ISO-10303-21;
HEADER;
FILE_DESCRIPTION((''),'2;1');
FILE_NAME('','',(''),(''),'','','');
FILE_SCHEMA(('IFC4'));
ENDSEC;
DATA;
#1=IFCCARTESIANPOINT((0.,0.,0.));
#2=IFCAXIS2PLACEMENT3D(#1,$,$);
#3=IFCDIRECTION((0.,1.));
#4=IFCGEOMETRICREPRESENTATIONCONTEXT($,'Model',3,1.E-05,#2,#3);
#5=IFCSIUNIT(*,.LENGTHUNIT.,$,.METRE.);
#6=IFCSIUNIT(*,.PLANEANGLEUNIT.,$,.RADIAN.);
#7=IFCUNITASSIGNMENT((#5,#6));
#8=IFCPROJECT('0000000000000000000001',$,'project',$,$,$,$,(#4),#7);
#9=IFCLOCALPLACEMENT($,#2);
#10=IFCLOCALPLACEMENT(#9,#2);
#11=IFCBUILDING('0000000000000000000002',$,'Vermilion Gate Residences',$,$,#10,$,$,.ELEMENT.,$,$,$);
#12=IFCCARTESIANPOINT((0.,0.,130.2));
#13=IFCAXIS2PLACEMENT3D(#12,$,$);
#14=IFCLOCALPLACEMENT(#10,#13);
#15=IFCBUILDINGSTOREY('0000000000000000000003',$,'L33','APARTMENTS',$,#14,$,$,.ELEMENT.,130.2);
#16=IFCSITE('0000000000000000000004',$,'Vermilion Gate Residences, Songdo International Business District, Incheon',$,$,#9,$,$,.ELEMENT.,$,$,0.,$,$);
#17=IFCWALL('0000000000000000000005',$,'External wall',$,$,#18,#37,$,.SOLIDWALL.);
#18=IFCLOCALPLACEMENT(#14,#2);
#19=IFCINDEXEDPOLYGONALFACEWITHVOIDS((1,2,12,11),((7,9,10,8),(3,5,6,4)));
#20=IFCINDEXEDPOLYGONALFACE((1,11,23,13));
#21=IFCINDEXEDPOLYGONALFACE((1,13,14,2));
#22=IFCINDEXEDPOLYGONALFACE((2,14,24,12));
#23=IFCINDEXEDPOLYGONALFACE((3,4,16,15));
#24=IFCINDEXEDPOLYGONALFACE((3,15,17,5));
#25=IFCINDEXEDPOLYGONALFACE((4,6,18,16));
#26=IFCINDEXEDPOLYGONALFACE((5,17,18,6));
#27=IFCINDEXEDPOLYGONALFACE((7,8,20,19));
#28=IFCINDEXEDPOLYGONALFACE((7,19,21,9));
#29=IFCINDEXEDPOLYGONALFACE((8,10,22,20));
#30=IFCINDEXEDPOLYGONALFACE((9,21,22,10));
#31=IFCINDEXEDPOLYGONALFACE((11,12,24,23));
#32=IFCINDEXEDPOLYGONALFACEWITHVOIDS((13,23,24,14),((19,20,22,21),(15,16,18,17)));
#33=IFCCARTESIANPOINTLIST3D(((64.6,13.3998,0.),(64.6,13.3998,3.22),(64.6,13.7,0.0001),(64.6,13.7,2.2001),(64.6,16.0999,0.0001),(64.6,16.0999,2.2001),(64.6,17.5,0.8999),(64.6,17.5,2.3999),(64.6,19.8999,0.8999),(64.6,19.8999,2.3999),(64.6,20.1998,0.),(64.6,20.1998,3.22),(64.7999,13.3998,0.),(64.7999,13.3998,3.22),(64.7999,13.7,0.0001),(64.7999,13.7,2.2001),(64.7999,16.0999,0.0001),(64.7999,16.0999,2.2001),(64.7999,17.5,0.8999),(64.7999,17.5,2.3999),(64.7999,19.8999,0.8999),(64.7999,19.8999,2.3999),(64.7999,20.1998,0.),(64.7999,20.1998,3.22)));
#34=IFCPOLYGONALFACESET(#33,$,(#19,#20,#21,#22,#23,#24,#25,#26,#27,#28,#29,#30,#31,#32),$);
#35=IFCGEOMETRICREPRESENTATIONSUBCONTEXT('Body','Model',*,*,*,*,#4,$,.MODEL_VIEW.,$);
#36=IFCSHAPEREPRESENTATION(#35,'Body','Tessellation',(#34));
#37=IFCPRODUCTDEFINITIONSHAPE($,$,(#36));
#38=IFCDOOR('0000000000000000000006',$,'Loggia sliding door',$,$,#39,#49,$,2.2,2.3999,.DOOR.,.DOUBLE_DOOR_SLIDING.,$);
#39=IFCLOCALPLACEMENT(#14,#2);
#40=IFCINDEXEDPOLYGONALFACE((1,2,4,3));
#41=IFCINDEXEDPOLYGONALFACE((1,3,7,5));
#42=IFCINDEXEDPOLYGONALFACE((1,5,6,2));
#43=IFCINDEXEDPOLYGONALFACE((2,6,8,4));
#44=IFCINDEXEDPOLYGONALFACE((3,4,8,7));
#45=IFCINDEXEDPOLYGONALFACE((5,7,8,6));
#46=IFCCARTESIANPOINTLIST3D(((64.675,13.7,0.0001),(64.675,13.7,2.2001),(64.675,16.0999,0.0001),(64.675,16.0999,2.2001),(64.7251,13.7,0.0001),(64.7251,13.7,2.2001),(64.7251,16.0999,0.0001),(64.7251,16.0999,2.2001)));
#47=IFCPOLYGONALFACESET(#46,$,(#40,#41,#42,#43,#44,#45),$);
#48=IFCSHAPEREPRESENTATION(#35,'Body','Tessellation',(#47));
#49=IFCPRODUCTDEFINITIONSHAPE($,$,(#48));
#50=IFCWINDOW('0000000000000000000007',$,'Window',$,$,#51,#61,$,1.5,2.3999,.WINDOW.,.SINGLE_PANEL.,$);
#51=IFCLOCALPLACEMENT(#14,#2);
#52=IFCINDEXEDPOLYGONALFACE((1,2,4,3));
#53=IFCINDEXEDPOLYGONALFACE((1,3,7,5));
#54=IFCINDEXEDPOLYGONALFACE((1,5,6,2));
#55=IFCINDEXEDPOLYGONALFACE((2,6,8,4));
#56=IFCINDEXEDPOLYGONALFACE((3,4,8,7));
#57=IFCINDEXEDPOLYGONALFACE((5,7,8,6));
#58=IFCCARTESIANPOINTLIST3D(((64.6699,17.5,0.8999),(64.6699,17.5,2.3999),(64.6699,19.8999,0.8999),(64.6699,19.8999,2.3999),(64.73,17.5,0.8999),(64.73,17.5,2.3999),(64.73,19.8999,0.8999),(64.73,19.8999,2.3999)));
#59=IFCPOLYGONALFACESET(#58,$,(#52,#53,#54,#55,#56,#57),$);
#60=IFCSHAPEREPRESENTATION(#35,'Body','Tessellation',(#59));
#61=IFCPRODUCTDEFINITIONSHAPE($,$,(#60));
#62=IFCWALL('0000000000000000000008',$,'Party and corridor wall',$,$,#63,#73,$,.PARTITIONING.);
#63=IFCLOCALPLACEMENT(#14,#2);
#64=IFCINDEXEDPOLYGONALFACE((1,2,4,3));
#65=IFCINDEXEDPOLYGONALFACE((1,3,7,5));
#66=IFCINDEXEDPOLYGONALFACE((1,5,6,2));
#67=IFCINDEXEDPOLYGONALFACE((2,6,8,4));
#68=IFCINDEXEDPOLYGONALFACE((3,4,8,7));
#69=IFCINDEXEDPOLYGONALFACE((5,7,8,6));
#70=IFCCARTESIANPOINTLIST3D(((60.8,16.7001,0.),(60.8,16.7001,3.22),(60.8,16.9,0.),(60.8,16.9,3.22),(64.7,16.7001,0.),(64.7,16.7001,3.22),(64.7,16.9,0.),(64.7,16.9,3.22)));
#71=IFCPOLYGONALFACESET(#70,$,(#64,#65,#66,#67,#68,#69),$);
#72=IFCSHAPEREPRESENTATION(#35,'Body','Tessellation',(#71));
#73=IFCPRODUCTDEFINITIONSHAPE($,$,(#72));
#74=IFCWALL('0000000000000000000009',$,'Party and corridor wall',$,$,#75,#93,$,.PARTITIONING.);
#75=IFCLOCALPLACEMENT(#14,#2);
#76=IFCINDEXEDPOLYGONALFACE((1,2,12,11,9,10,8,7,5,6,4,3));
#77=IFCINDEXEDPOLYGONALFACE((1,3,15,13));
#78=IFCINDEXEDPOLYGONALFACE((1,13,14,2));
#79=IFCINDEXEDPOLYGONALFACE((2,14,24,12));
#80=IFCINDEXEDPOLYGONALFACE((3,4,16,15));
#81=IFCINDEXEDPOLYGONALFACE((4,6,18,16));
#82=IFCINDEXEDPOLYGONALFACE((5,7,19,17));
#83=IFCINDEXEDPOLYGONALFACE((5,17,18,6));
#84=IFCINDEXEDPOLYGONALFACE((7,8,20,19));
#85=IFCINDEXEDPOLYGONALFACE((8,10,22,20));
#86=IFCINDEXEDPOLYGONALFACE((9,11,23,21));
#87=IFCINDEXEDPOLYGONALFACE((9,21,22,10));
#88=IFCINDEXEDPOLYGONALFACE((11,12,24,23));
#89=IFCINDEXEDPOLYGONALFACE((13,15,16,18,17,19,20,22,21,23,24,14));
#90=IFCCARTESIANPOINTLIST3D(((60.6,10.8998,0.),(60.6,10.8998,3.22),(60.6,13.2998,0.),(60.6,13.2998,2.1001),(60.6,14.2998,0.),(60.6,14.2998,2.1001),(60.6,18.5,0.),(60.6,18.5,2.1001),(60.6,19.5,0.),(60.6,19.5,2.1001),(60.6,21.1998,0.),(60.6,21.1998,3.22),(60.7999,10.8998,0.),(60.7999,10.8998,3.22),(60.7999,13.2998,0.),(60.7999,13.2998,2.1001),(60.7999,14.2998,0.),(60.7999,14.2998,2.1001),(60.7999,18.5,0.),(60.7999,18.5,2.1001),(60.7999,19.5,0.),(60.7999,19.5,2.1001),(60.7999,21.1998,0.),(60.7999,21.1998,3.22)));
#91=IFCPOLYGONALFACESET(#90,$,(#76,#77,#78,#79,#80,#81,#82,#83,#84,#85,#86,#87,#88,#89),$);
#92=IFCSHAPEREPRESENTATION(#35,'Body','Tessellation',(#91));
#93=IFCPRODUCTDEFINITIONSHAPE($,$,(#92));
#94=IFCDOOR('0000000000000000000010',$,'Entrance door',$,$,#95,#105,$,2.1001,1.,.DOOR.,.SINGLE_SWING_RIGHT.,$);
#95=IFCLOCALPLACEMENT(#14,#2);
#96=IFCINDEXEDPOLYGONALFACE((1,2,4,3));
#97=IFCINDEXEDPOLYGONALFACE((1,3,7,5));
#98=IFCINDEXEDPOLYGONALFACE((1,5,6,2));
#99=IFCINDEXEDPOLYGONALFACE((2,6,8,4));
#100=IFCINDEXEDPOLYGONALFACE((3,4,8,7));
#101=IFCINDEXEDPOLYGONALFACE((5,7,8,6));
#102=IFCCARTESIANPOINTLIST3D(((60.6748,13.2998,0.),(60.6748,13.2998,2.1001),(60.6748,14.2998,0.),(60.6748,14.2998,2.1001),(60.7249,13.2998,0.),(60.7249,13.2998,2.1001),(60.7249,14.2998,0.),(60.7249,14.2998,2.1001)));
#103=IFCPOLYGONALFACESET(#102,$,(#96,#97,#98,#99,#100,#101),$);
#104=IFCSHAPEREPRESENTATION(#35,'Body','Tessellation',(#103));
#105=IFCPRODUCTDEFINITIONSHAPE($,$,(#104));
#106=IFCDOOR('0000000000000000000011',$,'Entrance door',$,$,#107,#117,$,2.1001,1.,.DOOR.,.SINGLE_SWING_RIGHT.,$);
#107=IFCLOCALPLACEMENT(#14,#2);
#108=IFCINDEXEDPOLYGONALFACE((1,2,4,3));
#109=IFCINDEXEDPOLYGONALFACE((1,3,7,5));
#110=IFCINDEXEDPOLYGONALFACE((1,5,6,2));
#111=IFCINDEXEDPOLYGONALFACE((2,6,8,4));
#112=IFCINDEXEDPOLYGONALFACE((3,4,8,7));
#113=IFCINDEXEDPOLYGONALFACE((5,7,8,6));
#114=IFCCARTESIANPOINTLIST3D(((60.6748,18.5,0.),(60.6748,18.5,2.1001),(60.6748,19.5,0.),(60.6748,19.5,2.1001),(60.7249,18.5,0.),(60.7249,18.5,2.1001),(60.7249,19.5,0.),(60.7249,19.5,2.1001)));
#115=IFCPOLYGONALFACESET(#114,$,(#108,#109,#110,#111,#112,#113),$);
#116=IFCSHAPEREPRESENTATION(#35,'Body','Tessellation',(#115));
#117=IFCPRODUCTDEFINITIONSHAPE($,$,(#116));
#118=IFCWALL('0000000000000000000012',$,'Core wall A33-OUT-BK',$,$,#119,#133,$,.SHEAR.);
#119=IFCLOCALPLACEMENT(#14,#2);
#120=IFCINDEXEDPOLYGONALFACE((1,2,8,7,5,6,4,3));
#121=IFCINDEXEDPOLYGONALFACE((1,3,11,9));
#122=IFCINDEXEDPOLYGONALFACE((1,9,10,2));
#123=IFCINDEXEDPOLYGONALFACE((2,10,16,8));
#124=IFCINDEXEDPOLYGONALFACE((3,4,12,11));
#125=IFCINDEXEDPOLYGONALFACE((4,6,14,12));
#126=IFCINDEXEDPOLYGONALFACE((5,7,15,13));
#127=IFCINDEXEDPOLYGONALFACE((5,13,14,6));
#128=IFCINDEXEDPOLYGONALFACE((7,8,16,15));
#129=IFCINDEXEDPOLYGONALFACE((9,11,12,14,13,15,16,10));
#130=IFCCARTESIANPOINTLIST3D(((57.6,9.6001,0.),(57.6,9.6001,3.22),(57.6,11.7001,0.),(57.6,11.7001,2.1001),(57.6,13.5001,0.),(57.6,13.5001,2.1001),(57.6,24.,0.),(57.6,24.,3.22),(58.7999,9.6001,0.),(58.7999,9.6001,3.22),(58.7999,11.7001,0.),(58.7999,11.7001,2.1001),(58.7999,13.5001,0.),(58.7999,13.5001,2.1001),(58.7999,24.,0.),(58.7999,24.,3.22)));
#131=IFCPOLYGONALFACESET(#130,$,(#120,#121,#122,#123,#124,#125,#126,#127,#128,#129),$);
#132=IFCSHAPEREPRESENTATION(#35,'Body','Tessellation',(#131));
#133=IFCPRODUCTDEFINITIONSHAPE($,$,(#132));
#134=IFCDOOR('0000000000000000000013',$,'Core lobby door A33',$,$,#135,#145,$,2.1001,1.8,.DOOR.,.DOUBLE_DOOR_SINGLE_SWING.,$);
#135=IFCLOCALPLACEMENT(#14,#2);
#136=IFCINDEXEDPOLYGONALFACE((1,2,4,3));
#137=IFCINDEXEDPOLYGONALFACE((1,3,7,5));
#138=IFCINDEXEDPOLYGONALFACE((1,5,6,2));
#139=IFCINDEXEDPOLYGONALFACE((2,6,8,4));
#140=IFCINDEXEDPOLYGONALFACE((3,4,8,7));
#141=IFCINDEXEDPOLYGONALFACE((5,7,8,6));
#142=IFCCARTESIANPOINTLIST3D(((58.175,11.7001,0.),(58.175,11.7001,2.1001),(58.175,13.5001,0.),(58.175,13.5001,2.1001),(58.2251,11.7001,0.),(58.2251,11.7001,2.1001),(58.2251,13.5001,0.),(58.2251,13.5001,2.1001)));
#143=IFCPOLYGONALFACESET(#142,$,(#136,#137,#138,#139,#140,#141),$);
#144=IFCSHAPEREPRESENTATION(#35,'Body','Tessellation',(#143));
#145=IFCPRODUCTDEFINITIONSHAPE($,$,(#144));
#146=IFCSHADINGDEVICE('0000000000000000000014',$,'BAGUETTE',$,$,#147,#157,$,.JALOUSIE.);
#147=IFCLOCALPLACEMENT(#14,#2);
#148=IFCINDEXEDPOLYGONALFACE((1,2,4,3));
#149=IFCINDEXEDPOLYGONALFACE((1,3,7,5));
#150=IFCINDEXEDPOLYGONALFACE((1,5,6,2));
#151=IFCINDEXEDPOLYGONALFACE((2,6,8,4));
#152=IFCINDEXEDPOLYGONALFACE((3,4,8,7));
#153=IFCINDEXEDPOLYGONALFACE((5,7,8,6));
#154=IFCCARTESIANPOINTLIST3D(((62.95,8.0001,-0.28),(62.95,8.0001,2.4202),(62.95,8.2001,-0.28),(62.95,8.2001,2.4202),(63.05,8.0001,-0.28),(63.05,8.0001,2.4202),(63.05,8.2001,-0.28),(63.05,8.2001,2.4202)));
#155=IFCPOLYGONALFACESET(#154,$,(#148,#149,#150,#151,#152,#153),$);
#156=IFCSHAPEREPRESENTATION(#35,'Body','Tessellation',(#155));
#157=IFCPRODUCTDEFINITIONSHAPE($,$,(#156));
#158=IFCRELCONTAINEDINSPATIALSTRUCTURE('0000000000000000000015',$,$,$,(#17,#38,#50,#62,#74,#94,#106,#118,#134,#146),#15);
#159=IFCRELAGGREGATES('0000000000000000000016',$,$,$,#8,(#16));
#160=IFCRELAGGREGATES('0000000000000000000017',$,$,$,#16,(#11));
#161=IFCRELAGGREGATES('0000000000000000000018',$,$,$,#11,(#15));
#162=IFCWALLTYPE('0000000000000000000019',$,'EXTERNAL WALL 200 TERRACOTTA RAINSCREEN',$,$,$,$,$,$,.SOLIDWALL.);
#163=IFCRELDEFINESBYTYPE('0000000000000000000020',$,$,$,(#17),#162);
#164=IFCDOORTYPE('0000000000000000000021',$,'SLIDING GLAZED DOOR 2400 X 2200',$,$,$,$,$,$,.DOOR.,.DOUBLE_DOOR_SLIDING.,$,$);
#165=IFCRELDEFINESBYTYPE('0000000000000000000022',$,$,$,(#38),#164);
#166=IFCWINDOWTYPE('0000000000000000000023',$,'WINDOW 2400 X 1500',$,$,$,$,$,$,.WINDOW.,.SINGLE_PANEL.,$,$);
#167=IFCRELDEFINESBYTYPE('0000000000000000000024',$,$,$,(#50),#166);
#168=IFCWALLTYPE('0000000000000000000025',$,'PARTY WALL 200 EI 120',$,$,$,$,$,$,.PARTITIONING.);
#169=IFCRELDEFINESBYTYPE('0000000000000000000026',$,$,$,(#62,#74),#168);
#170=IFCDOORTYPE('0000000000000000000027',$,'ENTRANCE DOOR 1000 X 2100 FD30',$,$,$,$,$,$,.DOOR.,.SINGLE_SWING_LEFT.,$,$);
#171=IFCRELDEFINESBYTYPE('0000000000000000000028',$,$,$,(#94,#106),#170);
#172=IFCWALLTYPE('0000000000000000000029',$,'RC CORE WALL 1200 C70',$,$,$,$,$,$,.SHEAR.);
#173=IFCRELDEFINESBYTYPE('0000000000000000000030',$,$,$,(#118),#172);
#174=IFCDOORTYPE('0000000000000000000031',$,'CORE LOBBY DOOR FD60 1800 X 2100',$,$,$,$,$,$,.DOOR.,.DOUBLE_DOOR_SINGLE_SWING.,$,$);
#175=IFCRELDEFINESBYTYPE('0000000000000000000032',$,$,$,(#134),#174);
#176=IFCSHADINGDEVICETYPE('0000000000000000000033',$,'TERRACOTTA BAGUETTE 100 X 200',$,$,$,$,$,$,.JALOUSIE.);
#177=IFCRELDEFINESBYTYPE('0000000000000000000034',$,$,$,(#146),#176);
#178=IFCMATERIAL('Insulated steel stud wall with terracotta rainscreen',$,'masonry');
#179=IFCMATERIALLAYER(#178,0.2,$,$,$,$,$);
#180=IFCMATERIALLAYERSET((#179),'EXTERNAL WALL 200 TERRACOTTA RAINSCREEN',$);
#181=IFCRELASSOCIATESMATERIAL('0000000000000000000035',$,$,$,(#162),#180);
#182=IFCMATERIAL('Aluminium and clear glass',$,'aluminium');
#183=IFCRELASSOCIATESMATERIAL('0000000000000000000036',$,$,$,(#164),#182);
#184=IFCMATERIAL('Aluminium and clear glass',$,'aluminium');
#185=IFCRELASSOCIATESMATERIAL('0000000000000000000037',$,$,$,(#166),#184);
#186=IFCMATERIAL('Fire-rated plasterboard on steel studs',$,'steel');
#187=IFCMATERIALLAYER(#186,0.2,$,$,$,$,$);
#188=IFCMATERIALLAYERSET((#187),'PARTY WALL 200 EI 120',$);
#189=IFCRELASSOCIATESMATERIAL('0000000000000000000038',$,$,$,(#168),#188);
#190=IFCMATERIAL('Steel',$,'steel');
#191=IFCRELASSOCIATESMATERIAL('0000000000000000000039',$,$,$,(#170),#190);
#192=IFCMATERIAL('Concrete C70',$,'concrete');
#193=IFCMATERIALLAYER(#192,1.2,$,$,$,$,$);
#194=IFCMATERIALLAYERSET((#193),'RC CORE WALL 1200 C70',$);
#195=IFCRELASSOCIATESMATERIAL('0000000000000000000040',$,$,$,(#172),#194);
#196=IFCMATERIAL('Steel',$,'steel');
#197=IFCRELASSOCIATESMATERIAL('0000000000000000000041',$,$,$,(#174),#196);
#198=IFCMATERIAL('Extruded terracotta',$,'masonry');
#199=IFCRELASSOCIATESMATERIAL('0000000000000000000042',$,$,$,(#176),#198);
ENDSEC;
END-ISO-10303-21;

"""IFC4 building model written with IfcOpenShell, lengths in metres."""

from ifc_helpers import new_model, si_unit, direction, frame, frame_2d, origin, origin_2d, place, context, subcontext, project, spatial, rectangle, extrude, material, layer, layer_set, material_profile, profile_set, type_object, element, fill, save


model = new_model("IFC4")

# Units and contexts
model_context = context("Model", 3, precision=1e-05, world=origin(), true_north=direction((0.0, 1.0)))
body_context = subcontext(model_context, "Body", "Model", "MODEL_VIEW")
ifc_project = project(units=[si_unit("LENGTHUNIT", "METRE"), si_unit("PLANEANGLEUNIT", "RADIAN")], contexts=[model_context])

# Site, building, storey
site_placement = place(None, origin())
site = spatial("IfcSite", under=ifc_project, at=site_placement, Name="Vermilion Gate Residences, Songdo International Business District, Incheon", CompositionType="ELEMENT", RefElevation=0.0)
building_placement = place(site_placement, origin())
building = spatial("IfcBuilding", under=site, at=building_placement, Name="Vermilion Gate Residences", CompositionType="ELEMENT")
storey_placement = place(building_placement, frame((0.0, 0.0, 130.2)))
storey = spatial("IfcBuildingStorey", under=building, at=storey_placement, Name="L33", Description="APARTMENTS", CompositionType="ELEMENT", Elevation=130.2)

# Shared definitions
ifc_material_1 = material(Name="Insulated steel stud wall with terracotta rainscreen", Category="masonry")
ifc_layer_1 = layer(ifc_material_1, 0.2)
ifc_layer_set_1 = layer_set([ifc_layer_1], Name="EXTERNAL WALL 200 TERRACOTTA RAINSCREEN")
wall_type_1 = type_object("IfcWallType", Name="EXTERNAL WALL 200 TERRACOTTA RAINSCREEN", PredefinedType="SOLIDWALL", material=ifc_layer_set_1)

# Wall, openings, door, window
wall_1_placement = place(storey_placement, frame((64.7, 13.3999, 0.0), z_axis=(0.0, 0.0, 1.0), x_axis=(0.0, 1.0, 0.0)))
wall_1 = element("IfcWall", 1, at=wall_1_placement, inside=storey, type_object=wall_type_1, Name="External wall", PredefinedType="SOLIDWALL", context=body_context, shape_type="SweptSolid", body=[
    extrude(rectangle(XDim=6.8, YDim=0.2, at=frame_2d((3.3999, 0.0))), origin(), (0.0, 0.0, 1.0), 3.22),
])
opening_1_placement = place(wall_1_placement, frame((4.1001, 0.0, 0.8999)))
opening_1 = element("IfcOpeningElement", 2, at=opening_1_placement, cuts=wall_1, PredefinedType="OPENING", context=body_context, shape_type="SweptSolid", body=[
    extrude(rectangle(XDim=2.3999, YDim=1.5, at=frame_2d((1.2, 0.75))), frame((0.0, 0.1099, 0.0), z_axis=(0.0, -1.0, 0.0), x_axis=(1.0, 0.0, 0.0)), (0.0, 0.0, 1.0), 0.22),
])
opening_2_placement = place(wall_1_placement, frame((0.3, 0.0, 0.0)))
opening_2 = element("IfcOpeningElement", 3, at=opening_2_placement, cuts=wall_1, PredefinedType="OPENING", context=body_context, shape_type="SweptSolid", body=[
    extrude(rectangle(XDim=2.3999, YDim=2.2, at=frame_2d((1.2, 1.1001))), frame((0.0, 0.1099, 0.0), z_axis=(0.0, -1.0, 0.0), x_axis=(1.0, 0.0, 0.0)), (0.0, 0.0, 1.0), 0.22),
])
ifc_material_2 = material(Name="Aluminium and clear glass", Category="aluminium")
door_type_1 = type_object("IfcDoorType", Name="SLIDING GLAZED DOOR 2400 X 2200", OperationType="DOUBLE_DOOR_SLIDING", PredefinedType="DOOR", material=ifc_material_2)
door_1_placement = place(opening_2_placement, origin())
door_1 = element("IfcDoor", 4, at=door_1_placement, inside=storey, type_object=door_type_1, Name="Loggia sliding door", OperationType="DOUBLE_DOOR_SLIDING", OverallHeight=2.2, OverallWidth=2.3999, PredefinedType="DOOR", context=body_context, shape_type="SweptSolid", body=[
    extrude(rectangle(XDim=2.3999, YDim=2.2, at=frame_2d((1.2, 1.1001))), frame((0.0, 0.0249, 0.0), z_axis=(0.0, -1.0, 0.0), x_axis=(1.0, 0.0, 0.0)), (0.0, 0.0, 1.0), 0.05),
])
fill(opening_2, door_1)
ifc_material_3 = material(Name="Aluminium and clear glass", Category="aluminium")
window_type_1 = type_object("IfcWindowType", Name="WINDOW 2400 X 1500", PartitioningType="SINGLE_PANEL", PredefinedType="WINDOW", material=ifc_material_3)
window_1_placement = place(opening_1_placement, origin())
window_1 = element("IfcWindow", 5, at=window_1_placement, inside=storey, type_object=window_type_1, Name="Window", OverallHeight=1.5, OverallWidth=2.3999, PartitioningType="SINGLE_PANEL", PredefinedType="WINDOW", context=body_context, shape_type="SweptSolid", body=[
    extrude(rectangle(XDim=2.3999, YDim=1.5, at=frame_2d((1.2, 0.75))), frame((0.0, 0.03, 0.0), z_axis=(0.0, -1.0, 0.0), x_axis=(1.0, 0.0, 0.0)), (0.0, 0.0, 1.0), 0.0601),
])
fill(opening_1, window_1)

# Wall
ifc_material_4 = material(Name="Fire-rated plasterboard on steel studs", Category="steel")
ifc_layer_2 = layer(ifc_material_4, 0.2)
ifc_layer_set_2 = layer_set([ifc_layer_2], Name="PARTY WALL 200 EI 120")
wall_type_2 = type_object("IfcWallType", Name="PARTY WALL 200 EI 120", PredefinedType="PARTITIONING", material=ifc_layer_set_2)
wall_2_placement = place(storey_placement, frame((60.8, 16.8, 0.0), z_axis=(0.0, 0.0, 1.0), x_axis=(1.0, 0.0, 0.0)))
element("IfcWall", 6, at=wall_2_placement, inside=storey, type_object=wall_type_2, Name="Party and corridor wall", PredefinedType="PARTITIONING", context=body_context, shape_type="SweptSolid", body=[
    extrude(rectangle(XDim=3.8999, YDim=0.2, at=frame_2d((1.95, 0.0))), origin(), (0.0, 0.0, 1.0), 3.22),
])

# Wall, openings, doors
wall_3_placement = place(storey_placement, frame((60.7, 10.8999, 0.0), z_axis=(0.0, 0.0, 1.0), x_axis=(0.0, 1.0, 0.0)))
wall_3 = element("IfcWall", 7, at=wall_3_placement, inside=storey, type_object=wall_type_2, Name="Party and corridor wall", PredefinedType="PARTITIONING", context=body_context, shape_type="SweptSolid", body=[
    extrude(rectangle(XDim=10.3, YDim=0.2, at=frame_2d((5.1499, 0.0))), origin(), (0.0, 0.0, 1.0), 3.22),
])
opening_3_placement = place(wall_3_placement, frame((2.3999, 0.0, 0.0)))
opening_3 = element("IfcOpeningElement", 8, at=opening_3_placement, cuts=wall_3, PredefinedType="OPENING", context=body_context, shape_type="SweptSolid", body=[
    extrude(rectangle(XDim=1.0, YDim=2.1001, at=frame_2d((0.5, 1.05))), frame((0.0, 0.1099, 0.0), z_axis=(0.0, -1.0, 0.0), x_axis=(1.0, 0.0, 0.0)), (0.0, 0.0, 1.0), 0.22),
])
opening_4_placement = place(wall_3_placement, frame((7.6001, 0.0, 0.0)))
opening_4 = element("IfcOpeningElement", 9, at=opening_4_placement, cuts=wall_3, PredefinedType="OPENING", context=body_context, shape_type="SweptSolid", body=[
    extrude(rectangle(XDim=1.0, YDim=2.1001, at=frame_2d((0.5, 1.05))), frame((0.0, 0.1099, 0.0), z_axis=(0.0, -1.0, 0.0), x_axis=(1.0, 0.0, 0.0)), (0.0, 0.0, 1.0), 0.22),
])
ifc_material_5 = material(Name="Steel", Category="steel")
door_type_2 = type_object("IfcDoorType", Name="ENTRANCE DOOR 1000 X 2100 FD30", OperationType="SINGLE_SWING_LEFT", PredefinedType="DOOR", material=ifc_material_5)
door_2_placement = place(opening_3_placement, frame((1.0, 0.0, 0.0), z_axis=(0.0, 0.0, 1.0), x_axis=(-1.0, 0.0, 0.0)))
door_2 = element("IfcDoor", 10, at=door_2_placement, inside=storey, type_object=door_type_2, Name="Entrance door", OperationType="SINGLE_SWING_RIGHT", OverallHeight=2.1001, OverallWidth=1.0, PredefinedType="DOOR", context=body_context, shape_type="SweptSolid", body=[
    extrude(rectangle(XDim=1.0, YDim=2.1001, at=frame_2d((0.5, 1.05))), frame((0.0, 0.0249, 0.0), z_axis=(0.0, -1.0, 0.0), x_axis=(1.0, 0.0, 0.0)), (0.0, 0.0, 1.0), 0.05),
])
fill(opening_3, door_2)
door_3_placement = place(opening_4_placement, frame((1.0, 0.0, 0.0), z_axis=(0.0, 0.0, 1.0), x_axis=(-1.0, 0.0, 0.0)))
door_3 = element("IfcDoor", 11, at=door_3_placement, inside=storey, type_object=door_type_2, Name="Entrance door", OperationType="SINGLE_SWING_RIGHT", OverallHeight=2.1001, OverallWidth=1.0, PredefinedType="DOOR", context=body_context, shape_type="SweptSolid", body=[
    extrude(rectangle(XDim=1.0, YDim=2.1001, at=frame_2d((0.5, 1.05))), frame((0.0, 0.0249, 0.0), z_axis=(0.0, -1.0, 0.0), x_axis=(1.0, 0.0, 0.0)), (0.0, 0.0, 1.0), 0.05),
])
fill(opening_4, door_3)

# Wall, opening, door
ifc_material_6 = material(Name="Concrete C70", Category="concrete")
ifc_layer_3 = layer(ifc_material_6, 1.2)
ifc_layer_set_3 = layer_set([ifc_layer_3], Name="RC CORE WALL 1200 C70")
wall_type_3 = type_object("IfcWallType", Name="RC CORE WALL 1200 C70", PredefinedType="SHEAR", material=ifc_layer_set_3)
wall_4_placement = place(storey_placement, frame((58.2, 9.6001, 0.0), z_axis=(0.0, 0.0, 1.0), x_axis=(0.0, 1.0, 0.0)))
wall_4 = element("IfcWall", 12, at=wall_4_placement, inside=storey, type_object=wall_type_3, Name="Core wall A33-OUT-BK", PredefinedType="SHEAR", context=body_context, shape_type="SweptSolid", body=[
    extrude(rectangle(XDim=14.3999, YDim=1.2, at=frame_2d((7.2, 0.0))), origin(), (0.0, 0.0, 1.0), 3.22),
])
opening_5_placement = place(wall_4_placement, frame((2.1001, 0.0, 0.0)))
opening_5 = element("IfcOpeningElement", 13, at=opening_5_placement, cuts=wall_4, PredefinedType="OPENING", context=body_context, shape_type="SweptSolid", body=[
    extrude(rectangle(XDim=1.8, YDim=2.1001, at=frame_2d((0.8999, 1.05))), frame((0.0, 0.6099, 0.0), z_axis=(0.0, -1.0, 0.0), x_axis=(1.0, 0.0, 0.0)), (0.0, 0.0, 1.0), 1.22),
])
ifc_material_7 = material(Name="Steel", Category="steel")
door_type_3 = type_object("IfcDoorType", Name="CORE LOBBY DOOR FD60 1800 X 2100", OperationType="DOUBLE_DOOR_SINGLE_SWING", PredefinedType="DOOR", material=ifc_material_7)
door_4_placement = place(opening_5_placement, origin())
door_4 = element("IfcDoor", 14, at=door_4_placement, inside=storey, type_object=door_type_3, Name="Core lobby door A33", OperationType="DOUBLE_DOOR_SINGLE_SWING", OverallHeight=2.1001, OverallWidth=1.8, PredefinedType="DOOR", context=body_context, shape_type="SweptSolid", body=[
    extrude(rectangle(XDim=1.8, YDim=2.1001, at=frame_2d((0.8999, 1.05))), frame((0.0, 0.0249, 0.0), z_axis=(0.0, -1.0, 0.0), x_axis=(1.0, 0.0, 0.0)), (0.0, 0.0, 1.0), 0.05),
])
fill(opening_5, door_4)

# Shading device
ifc_material_8 = material(Name="Extruded terracotta", Category="masonry")
ifc_material_profile_1 = material_profile(ifc_material_8, rectangle(XDim=0.2, YDim=0.1001, at=origin_2d()), Name="BAGUETTE 100 X 200")
ifc_profile_set_1 = profile_set([ifc_material_profile_1], Name="Extruded terracotta")
shading_device_type_1 = type_object("IfcShadingDeviceType", Name="TERRACOTTA BAGUETTE 100 X 200", PredefinedType="JALOUSIE", material=ifc_profile_set_1)
for number, where, z_axis, x_axis, name in (
    (15, (63.0, 8.1001, -0.28), (0.0, 0.0, 1.0), (0.0, 1.0, 0.0), "BAGUETTE"),
):
    element("IfcShadingDevice", number, at=place(storey_placement, frame(where, z_axis=z_axis, x_axis=x_axis)), inside=storey, type_object=shading_device_type_1, Name=name, PredefinedType="JALOUSIE", context=body_context, shape_type="SweptSolid", body=[
        extrude(rectangle(XDim=0.2, YDim=0.1001, at=origin_2d()), origin(), (0.0, 0.0, 1.0), 2.7002),
    ])

save(model, "model.ifc")
